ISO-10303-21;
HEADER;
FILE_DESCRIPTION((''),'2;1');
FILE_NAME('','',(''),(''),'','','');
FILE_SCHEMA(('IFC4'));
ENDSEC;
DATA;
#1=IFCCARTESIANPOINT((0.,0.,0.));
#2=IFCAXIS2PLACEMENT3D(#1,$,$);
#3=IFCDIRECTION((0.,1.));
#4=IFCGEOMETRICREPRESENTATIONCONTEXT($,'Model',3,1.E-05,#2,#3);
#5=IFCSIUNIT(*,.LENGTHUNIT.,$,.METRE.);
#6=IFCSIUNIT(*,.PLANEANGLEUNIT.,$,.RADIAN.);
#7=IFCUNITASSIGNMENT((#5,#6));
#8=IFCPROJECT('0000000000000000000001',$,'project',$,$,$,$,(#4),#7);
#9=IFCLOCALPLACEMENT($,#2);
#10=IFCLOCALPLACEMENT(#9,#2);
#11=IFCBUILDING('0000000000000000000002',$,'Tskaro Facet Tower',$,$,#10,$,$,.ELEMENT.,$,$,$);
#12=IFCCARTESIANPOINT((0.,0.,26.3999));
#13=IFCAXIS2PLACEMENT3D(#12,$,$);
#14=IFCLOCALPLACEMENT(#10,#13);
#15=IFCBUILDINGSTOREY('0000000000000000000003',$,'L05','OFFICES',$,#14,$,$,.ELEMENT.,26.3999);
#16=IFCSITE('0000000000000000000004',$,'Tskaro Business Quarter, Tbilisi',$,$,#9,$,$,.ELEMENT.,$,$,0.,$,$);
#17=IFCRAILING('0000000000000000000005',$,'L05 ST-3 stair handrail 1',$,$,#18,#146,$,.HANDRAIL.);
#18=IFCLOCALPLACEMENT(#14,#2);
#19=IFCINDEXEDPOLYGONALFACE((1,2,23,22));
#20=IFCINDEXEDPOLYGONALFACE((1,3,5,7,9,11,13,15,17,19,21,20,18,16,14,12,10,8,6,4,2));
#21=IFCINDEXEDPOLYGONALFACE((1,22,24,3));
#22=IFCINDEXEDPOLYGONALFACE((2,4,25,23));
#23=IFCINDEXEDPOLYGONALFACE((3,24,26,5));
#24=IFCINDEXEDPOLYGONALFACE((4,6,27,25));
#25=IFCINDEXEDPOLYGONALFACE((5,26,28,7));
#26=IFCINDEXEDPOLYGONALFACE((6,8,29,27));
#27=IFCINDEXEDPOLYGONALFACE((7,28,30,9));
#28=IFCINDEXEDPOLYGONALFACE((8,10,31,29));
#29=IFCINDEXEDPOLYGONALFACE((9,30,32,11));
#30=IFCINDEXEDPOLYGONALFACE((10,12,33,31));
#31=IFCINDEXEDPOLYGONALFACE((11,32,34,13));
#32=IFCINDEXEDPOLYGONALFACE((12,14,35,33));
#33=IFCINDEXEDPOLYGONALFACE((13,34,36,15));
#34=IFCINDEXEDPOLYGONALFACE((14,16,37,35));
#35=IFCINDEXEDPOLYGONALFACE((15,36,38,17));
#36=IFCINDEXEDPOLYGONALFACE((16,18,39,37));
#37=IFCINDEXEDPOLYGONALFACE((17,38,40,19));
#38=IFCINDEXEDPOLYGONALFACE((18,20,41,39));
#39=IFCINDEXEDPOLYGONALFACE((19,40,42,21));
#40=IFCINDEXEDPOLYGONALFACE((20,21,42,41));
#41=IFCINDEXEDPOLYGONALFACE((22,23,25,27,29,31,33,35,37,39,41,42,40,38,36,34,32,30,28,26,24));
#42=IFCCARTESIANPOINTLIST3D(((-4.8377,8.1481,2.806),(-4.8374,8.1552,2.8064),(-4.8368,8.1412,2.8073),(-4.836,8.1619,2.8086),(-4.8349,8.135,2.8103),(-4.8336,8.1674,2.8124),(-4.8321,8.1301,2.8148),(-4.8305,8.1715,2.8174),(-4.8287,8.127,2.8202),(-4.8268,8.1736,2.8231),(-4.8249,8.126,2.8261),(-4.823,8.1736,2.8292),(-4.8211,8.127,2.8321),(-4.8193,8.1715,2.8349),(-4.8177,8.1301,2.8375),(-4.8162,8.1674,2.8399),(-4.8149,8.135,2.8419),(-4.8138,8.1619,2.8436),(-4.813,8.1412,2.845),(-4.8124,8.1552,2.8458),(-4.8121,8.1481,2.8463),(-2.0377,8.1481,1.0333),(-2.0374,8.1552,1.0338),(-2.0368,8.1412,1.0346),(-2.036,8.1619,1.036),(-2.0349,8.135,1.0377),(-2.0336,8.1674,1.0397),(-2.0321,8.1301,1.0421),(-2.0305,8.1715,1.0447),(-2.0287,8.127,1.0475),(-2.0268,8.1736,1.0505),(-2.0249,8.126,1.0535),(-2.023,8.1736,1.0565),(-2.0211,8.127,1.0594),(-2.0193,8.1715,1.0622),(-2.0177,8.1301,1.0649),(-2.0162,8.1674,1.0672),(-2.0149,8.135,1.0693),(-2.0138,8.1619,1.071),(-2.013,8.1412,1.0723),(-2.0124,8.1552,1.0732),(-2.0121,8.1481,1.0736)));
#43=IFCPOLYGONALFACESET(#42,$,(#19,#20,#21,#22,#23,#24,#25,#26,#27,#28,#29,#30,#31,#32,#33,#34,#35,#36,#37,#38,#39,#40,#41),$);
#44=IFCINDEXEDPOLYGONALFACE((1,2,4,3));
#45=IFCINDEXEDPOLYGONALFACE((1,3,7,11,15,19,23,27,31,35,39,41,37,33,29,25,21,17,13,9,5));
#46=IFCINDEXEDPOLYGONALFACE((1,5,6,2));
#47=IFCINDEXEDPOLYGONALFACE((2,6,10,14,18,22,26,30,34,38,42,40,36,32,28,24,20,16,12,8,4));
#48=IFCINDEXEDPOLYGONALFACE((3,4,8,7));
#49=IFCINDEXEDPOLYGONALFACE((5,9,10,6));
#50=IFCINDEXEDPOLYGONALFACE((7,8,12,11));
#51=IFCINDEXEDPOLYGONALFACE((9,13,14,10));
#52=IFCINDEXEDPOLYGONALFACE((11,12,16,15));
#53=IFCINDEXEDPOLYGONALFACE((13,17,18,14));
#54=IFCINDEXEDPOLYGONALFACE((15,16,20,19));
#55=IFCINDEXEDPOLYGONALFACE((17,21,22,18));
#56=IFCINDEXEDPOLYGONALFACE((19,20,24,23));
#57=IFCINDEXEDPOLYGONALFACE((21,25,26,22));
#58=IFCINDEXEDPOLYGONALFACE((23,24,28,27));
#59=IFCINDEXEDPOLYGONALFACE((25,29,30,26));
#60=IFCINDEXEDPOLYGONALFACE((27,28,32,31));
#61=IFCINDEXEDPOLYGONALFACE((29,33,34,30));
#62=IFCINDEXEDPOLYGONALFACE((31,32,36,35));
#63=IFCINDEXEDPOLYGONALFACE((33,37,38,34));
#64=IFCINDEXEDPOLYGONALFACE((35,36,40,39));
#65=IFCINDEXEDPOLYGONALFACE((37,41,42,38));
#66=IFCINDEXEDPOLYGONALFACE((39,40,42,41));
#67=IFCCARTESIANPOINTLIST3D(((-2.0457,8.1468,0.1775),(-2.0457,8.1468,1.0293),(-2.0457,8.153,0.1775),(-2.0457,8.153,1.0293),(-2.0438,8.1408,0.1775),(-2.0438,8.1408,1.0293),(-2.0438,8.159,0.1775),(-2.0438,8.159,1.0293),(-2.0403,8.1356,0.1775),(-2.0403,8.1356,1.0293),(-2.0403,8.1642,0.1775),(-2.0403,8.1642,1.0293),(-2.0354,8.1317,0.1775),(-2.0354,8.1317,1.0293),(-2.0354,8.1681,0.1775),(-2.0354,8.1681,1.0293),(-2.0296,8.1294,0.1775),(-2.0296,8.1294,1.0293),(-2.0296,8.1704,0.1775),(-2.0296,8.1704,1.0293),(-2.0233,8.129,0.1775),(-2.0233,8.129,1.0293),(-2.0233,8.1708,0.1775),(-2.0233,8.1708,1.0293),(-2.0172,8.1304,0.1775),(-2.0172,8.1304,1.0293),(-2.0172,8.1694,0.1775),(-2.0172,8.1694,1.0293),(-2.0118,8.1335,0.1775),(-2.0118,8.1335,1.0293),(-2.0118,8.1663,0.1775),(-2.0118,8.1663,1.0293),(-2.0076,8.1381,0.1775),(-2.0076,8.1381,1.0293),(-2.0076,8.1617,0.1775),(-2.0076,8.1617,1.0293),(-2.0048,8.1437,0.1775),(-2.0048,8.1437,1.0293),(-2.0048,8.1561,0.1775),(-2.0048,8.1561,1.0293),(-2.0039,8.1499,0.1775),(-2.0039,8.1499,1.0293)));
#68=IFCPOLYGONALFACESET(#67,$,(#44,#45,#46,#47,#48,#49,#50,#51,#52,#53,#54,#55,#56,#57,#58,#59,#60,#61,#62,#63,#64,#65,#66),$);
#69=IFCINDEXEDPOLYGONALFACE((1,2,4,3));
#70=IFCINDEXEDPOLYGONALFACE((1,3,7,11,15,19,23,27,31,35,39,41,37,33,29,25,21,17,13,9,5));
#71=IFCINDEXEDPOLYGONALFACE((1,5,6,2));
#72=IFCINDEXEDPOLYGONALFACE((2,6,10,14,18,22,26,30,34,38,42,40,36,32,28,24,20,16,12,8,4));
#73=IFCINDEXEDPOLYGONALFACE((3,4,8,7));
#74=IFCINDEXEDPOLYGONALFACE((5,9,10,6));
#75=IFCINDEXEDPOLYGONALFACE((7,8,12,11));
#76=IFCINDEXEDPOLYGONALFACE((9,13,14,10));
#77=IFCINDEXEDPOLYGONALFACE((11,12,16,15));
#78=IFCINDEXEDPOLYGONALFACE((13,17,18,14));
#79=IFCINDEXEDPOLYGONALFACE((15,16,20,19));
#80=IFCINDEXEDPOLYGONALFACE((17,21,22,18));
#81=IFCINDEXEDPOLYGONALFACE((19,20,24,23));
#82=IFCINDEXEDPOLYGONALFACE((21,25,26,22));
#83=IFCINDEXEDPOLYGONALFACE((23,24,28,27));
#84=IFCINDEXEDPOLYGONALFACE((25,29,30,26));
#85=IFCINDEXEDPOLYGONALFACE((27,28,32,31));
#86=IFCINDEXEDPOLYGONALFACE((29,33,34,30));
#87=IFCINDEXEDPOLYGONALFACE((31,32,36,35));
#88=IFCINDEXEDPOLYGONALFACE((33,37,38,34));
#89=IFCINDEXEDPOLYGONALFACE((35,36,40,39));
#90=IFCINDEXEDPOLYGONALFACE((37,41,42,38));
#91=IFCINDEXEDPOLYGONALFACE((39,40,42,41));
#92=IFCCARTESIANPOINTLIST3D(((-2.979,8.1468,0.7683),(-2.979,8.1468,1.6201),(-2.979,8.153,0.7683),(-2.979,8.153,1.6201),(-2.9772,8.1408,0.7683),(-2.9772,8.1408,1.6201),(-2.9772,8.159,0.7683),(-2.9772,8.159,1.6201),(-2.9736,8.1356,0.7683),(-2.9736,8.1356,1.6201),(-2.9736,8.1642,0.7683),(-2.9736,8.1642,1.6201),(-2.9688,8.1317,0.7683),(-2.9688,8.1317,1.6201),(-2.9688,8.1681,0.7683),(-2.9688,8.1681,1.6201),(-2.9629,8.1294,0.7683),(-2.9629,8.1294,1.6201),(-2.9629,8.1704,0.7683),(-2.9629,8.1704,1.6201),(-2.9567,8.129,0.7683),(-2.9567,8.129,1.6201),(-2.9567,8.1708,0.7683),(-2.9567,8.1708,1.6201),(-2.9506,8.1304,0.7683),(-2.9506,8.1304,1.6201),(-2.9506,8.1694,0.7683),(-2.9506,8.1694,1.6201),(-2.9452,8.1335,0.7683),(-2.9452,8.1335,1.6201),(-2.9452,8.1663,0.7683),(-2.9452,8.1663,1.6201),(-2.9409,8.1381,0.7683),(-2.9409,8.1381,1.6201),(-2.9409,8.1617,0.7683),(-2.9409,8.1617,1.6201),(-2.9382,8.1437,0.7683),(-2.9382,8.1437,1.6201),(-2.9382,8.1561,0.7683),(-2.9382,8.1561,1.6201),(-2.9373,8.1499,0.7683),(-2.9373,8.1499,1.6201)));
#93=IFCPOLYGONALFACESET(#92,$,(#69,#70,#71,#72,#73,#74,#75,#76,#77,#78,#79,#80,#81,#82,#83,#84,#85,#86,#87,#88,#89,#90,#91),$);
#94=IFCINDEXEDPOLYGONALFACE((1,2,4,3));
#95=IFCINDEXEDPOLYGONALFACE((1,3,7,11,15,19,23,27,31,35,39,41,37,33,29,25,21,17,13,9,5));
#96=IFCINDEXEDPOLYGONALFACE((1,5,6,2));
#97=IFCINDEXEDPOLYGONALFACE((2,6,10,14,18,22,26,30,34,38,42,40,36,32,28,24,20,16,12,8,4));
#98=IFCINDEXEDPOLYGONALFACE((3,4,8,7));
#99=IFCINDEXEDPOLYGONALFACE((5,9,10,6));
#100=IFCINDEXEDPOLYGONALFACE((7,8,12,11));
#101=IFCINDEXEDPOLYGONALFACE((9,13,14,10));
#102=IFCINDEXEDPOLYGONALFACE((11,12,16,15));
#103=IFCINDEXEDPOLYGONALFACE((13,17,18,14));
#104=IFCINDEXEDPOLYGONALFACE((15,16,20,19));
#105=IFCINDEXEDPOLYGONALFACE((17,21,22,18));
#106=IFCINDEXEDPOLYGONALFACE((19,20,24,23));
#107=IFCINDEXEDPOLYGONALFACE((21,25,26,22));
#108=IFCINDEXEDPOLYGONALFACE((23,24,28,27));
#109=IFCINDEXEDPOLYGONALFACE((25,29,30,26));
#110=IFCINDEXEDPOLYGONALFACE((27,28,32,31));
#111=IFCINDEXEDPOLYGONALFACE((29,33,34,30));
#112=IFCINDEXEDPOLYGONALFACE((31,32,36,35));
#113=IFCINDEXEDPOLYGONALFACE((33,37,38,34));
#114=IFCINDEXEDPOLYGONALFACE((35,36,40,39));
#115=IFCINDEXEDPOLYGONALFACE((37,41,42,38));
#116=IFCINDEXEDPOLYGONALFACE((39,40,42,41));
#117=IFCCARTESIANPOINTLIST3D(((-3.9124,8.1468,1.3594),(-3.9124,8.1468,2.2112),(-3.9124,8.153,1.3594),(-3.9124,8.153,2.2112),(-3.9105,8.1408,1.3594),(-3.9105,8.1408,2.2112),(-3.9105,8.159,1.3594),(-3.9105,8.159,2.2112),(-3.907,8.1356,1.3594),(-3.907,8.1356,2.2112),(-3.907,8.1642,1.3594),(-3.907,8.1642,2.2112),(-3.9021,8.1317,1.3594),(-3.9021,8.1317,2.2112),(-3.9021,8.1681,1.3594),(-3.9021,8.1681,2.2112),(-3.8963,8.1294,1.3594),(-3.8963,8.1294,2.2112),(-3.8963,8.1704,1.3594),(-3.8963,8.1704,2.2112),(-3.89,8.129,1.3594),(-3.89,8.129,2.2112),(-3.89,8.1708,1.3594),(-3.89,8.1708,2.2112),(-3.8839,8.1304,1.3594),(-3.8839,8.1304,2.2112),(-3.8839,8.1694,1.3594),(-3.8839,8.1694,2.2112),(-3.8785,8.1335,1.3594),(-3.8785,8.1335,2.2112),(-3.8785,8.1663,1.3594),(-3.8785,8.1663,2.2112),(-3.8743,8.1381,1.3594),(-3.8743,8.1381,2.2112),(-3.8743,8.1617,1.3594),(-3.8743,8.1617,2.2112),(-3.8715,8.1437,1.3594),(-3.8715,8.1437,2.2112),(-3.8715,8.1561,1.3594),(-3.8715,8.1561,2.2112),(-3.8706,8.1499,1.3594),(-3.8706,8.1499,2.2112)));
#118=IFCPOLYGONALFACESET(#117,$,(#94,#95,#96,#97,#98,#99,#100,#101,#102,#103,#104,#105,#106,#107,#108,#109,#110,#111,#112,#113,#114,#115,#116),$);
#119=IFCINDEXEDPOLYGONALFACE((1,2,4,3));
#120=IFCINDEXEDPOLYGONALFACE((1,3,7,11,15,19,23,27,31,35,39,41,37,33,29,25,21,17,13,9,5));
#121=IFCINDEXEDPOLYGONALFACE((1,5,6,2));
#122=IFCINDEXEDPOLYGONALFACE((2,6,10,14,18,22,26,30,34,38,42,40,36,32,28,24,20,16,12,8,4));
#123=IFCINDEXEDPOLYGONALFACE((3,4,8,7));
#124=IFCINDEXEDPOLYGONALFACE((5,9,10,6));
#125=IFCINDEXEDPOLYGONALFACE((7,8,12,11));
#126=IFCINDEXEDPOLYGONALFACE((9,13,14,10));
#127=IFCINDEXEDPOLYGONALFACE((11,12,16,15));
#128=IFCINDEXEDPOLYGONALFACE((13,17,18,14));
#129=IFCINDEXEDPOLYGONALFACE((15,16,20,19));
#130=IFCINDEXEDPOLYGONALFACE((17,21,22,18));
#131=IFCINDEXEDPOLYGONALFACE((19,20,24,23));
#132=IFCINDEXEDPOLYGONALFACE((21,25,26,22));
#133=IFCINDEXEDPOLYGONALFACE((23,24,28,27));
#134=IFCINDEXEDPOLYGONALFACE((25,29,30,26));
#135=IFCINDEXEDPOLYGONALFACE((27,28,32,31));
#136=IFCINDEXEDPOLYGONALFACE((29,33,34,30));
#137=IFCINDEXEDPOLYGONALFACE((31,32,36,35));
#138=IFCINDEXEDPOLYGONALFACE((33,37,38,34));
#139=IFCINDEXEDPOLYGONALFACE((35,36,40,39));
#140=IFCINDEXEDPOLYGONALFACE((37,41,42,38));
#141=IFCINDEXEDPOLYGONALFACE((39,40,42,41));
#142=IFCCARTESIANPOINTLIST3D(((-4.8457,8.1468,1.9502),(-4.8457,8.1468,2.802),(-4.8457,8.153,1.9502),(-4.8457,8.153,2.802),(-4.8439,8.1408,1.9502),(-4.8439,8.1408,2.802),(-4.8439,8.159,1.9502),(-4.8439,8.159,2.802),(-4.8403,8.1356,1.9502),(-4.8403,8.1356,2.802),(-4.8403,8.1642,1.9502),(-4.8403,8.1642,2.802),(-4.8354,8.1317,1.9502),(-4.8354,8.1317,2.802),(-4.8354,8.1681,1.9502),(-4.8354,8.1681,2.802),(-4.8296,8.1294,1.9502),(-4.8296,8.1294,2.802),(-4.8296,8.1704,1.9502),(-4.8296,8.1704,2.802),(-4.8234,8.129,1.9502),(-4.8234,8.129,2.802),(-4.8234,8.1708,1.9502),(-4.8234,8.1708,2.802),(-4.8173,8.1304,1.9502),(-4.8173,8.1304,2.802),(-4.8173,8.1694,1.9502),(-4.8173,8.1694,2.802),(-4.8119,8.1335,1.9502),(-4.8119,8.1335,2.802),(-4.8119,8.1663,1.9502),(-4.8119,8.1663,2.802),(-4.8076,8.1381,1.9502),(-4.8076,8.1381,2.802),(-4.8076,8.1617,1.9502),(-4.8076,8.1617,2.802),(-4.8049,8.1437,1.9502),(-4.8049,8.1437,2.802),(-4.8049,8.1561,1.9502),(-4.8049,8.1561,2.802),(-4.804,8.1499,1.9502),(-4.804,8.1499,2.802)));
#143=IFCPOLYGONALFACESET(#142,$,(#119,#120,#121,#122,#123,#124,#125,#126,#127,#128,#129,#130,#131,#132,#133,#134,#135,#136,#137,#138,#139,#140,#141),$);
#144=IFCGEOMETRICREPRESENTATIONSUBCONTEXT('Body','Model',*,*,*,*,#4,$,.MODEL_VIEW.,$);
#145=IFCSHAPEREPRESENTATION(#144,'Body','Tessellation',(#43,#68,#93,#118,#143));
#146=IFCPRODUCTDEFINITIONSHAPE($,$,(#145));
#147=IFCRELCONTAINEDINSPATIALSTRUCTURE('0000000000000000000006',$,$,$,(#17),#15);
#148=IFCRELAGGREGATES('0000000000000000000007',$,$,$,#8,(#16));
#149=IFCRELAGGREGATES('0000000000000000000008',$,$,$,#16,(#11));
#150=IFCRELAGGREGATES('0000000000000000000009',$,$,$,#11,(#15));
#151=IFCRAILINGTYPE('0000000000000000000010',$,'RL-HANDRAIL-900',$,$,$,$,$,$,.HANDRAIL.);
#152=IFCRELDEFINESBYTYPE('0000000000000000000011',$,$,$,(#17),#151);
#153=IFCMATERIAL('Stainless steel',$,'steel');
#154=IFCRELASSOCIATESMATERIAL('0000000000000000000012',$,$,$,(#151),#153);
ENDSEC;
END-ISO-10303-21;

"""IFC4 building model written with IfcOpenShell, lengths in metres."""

from ifc_helpers import new_model, si_unit, direction, frame, origin, origin_2d, place, context, subcontext, project, spatial, circle, extrude, material, type_object, element, save


model = new_model("IFC4")

# Units and contexts
model_context = context("Model", 3, precision=1e-05, world=origin(), true_north=direction((0.0, 1.0)))
body_context = subcontext(model_context, "Body", "Model", "MODEL_VIEW")
ifc_project = project(units=[si_unit("LENGTHUNIT", "METRE"), si_unit("PLANEANGLEUNIT", "RADIAN")], contexts=[model_context])

# Site, building, storey
site_placement = place(None, origin())
site = spatial("IfcSite", under=ifc_project, at=site_placement, Name="Tskaro Business Quarter, Tbilisi", CompositionType="ELEMENT", RefElevation=0.0)
building_placement = place(site_placement, origin())
building = spatial("IfcBuilding", under=site, at=building_placement, Name="Tskaro Facet Tower", CompositionType="ELEMENT")
storey_placement = place(building_placement, frame((0.0, 0.0, 26.3999)))
storey = spatial("IfcBuildingStorey", under=building, at=storey_placement, Name="L05", Description="OFFICES", CompositionType="ELEMENT", Elevation=26.3999)

# Railing
ifc_material_1 = material(Name="Stainless steel", Category="steel")
railing_type_1 = type_object("IfcRailingType", Name="RL-HANDRAIL-900", PredefinedType="HANDRAIL", material=ifc_material_1)
railing_1_placement = place(storey_placement, frame((-2.0249, 8.1499, 0.1775)))
element("IfcRailing", 1, at=railing_1_placement, inside=storey, type_object=railing_type_1, Name="L05 ST-3 stair handrail 1", PredefinedType="HANDRAIL", context=body_context, shape_type="SweptSolid", body=[
    extrude(circle(Radius=0.0239, at=origin_2d()), frame((0.0, 0.0, 0.876), z_axis=(-0.844909, 0.0, 0.53491), x_axis=(0.0, -1.0, 0.0)), (0.0, 0.0, 1.0), 3.314),
    extrude(circle(Radius=0.021, at=origin_2d()), origin(), (0.0, 0.0, 1.0), 0.8518),
    extrude(circle(Radius=0.021, at=origin_2d()), frame((-0.9333, 0.0, 0.5908)), (0.0, 0.0, 1.0), 0.8518),
    extrude(circle(Radius=0.021, at=origin_2d()), frame((-1.8667, 0.0, 1.1819)), (0.0, 0.0, 1.0), 0.8518),
    extrude(circle(Radius=0.021, at=origin_2d()), frame((-2.8, 0.0, 1.7727)), (0.0, 0.0, 1.0), 0.8518),
])

save(model, "model.ifc")
